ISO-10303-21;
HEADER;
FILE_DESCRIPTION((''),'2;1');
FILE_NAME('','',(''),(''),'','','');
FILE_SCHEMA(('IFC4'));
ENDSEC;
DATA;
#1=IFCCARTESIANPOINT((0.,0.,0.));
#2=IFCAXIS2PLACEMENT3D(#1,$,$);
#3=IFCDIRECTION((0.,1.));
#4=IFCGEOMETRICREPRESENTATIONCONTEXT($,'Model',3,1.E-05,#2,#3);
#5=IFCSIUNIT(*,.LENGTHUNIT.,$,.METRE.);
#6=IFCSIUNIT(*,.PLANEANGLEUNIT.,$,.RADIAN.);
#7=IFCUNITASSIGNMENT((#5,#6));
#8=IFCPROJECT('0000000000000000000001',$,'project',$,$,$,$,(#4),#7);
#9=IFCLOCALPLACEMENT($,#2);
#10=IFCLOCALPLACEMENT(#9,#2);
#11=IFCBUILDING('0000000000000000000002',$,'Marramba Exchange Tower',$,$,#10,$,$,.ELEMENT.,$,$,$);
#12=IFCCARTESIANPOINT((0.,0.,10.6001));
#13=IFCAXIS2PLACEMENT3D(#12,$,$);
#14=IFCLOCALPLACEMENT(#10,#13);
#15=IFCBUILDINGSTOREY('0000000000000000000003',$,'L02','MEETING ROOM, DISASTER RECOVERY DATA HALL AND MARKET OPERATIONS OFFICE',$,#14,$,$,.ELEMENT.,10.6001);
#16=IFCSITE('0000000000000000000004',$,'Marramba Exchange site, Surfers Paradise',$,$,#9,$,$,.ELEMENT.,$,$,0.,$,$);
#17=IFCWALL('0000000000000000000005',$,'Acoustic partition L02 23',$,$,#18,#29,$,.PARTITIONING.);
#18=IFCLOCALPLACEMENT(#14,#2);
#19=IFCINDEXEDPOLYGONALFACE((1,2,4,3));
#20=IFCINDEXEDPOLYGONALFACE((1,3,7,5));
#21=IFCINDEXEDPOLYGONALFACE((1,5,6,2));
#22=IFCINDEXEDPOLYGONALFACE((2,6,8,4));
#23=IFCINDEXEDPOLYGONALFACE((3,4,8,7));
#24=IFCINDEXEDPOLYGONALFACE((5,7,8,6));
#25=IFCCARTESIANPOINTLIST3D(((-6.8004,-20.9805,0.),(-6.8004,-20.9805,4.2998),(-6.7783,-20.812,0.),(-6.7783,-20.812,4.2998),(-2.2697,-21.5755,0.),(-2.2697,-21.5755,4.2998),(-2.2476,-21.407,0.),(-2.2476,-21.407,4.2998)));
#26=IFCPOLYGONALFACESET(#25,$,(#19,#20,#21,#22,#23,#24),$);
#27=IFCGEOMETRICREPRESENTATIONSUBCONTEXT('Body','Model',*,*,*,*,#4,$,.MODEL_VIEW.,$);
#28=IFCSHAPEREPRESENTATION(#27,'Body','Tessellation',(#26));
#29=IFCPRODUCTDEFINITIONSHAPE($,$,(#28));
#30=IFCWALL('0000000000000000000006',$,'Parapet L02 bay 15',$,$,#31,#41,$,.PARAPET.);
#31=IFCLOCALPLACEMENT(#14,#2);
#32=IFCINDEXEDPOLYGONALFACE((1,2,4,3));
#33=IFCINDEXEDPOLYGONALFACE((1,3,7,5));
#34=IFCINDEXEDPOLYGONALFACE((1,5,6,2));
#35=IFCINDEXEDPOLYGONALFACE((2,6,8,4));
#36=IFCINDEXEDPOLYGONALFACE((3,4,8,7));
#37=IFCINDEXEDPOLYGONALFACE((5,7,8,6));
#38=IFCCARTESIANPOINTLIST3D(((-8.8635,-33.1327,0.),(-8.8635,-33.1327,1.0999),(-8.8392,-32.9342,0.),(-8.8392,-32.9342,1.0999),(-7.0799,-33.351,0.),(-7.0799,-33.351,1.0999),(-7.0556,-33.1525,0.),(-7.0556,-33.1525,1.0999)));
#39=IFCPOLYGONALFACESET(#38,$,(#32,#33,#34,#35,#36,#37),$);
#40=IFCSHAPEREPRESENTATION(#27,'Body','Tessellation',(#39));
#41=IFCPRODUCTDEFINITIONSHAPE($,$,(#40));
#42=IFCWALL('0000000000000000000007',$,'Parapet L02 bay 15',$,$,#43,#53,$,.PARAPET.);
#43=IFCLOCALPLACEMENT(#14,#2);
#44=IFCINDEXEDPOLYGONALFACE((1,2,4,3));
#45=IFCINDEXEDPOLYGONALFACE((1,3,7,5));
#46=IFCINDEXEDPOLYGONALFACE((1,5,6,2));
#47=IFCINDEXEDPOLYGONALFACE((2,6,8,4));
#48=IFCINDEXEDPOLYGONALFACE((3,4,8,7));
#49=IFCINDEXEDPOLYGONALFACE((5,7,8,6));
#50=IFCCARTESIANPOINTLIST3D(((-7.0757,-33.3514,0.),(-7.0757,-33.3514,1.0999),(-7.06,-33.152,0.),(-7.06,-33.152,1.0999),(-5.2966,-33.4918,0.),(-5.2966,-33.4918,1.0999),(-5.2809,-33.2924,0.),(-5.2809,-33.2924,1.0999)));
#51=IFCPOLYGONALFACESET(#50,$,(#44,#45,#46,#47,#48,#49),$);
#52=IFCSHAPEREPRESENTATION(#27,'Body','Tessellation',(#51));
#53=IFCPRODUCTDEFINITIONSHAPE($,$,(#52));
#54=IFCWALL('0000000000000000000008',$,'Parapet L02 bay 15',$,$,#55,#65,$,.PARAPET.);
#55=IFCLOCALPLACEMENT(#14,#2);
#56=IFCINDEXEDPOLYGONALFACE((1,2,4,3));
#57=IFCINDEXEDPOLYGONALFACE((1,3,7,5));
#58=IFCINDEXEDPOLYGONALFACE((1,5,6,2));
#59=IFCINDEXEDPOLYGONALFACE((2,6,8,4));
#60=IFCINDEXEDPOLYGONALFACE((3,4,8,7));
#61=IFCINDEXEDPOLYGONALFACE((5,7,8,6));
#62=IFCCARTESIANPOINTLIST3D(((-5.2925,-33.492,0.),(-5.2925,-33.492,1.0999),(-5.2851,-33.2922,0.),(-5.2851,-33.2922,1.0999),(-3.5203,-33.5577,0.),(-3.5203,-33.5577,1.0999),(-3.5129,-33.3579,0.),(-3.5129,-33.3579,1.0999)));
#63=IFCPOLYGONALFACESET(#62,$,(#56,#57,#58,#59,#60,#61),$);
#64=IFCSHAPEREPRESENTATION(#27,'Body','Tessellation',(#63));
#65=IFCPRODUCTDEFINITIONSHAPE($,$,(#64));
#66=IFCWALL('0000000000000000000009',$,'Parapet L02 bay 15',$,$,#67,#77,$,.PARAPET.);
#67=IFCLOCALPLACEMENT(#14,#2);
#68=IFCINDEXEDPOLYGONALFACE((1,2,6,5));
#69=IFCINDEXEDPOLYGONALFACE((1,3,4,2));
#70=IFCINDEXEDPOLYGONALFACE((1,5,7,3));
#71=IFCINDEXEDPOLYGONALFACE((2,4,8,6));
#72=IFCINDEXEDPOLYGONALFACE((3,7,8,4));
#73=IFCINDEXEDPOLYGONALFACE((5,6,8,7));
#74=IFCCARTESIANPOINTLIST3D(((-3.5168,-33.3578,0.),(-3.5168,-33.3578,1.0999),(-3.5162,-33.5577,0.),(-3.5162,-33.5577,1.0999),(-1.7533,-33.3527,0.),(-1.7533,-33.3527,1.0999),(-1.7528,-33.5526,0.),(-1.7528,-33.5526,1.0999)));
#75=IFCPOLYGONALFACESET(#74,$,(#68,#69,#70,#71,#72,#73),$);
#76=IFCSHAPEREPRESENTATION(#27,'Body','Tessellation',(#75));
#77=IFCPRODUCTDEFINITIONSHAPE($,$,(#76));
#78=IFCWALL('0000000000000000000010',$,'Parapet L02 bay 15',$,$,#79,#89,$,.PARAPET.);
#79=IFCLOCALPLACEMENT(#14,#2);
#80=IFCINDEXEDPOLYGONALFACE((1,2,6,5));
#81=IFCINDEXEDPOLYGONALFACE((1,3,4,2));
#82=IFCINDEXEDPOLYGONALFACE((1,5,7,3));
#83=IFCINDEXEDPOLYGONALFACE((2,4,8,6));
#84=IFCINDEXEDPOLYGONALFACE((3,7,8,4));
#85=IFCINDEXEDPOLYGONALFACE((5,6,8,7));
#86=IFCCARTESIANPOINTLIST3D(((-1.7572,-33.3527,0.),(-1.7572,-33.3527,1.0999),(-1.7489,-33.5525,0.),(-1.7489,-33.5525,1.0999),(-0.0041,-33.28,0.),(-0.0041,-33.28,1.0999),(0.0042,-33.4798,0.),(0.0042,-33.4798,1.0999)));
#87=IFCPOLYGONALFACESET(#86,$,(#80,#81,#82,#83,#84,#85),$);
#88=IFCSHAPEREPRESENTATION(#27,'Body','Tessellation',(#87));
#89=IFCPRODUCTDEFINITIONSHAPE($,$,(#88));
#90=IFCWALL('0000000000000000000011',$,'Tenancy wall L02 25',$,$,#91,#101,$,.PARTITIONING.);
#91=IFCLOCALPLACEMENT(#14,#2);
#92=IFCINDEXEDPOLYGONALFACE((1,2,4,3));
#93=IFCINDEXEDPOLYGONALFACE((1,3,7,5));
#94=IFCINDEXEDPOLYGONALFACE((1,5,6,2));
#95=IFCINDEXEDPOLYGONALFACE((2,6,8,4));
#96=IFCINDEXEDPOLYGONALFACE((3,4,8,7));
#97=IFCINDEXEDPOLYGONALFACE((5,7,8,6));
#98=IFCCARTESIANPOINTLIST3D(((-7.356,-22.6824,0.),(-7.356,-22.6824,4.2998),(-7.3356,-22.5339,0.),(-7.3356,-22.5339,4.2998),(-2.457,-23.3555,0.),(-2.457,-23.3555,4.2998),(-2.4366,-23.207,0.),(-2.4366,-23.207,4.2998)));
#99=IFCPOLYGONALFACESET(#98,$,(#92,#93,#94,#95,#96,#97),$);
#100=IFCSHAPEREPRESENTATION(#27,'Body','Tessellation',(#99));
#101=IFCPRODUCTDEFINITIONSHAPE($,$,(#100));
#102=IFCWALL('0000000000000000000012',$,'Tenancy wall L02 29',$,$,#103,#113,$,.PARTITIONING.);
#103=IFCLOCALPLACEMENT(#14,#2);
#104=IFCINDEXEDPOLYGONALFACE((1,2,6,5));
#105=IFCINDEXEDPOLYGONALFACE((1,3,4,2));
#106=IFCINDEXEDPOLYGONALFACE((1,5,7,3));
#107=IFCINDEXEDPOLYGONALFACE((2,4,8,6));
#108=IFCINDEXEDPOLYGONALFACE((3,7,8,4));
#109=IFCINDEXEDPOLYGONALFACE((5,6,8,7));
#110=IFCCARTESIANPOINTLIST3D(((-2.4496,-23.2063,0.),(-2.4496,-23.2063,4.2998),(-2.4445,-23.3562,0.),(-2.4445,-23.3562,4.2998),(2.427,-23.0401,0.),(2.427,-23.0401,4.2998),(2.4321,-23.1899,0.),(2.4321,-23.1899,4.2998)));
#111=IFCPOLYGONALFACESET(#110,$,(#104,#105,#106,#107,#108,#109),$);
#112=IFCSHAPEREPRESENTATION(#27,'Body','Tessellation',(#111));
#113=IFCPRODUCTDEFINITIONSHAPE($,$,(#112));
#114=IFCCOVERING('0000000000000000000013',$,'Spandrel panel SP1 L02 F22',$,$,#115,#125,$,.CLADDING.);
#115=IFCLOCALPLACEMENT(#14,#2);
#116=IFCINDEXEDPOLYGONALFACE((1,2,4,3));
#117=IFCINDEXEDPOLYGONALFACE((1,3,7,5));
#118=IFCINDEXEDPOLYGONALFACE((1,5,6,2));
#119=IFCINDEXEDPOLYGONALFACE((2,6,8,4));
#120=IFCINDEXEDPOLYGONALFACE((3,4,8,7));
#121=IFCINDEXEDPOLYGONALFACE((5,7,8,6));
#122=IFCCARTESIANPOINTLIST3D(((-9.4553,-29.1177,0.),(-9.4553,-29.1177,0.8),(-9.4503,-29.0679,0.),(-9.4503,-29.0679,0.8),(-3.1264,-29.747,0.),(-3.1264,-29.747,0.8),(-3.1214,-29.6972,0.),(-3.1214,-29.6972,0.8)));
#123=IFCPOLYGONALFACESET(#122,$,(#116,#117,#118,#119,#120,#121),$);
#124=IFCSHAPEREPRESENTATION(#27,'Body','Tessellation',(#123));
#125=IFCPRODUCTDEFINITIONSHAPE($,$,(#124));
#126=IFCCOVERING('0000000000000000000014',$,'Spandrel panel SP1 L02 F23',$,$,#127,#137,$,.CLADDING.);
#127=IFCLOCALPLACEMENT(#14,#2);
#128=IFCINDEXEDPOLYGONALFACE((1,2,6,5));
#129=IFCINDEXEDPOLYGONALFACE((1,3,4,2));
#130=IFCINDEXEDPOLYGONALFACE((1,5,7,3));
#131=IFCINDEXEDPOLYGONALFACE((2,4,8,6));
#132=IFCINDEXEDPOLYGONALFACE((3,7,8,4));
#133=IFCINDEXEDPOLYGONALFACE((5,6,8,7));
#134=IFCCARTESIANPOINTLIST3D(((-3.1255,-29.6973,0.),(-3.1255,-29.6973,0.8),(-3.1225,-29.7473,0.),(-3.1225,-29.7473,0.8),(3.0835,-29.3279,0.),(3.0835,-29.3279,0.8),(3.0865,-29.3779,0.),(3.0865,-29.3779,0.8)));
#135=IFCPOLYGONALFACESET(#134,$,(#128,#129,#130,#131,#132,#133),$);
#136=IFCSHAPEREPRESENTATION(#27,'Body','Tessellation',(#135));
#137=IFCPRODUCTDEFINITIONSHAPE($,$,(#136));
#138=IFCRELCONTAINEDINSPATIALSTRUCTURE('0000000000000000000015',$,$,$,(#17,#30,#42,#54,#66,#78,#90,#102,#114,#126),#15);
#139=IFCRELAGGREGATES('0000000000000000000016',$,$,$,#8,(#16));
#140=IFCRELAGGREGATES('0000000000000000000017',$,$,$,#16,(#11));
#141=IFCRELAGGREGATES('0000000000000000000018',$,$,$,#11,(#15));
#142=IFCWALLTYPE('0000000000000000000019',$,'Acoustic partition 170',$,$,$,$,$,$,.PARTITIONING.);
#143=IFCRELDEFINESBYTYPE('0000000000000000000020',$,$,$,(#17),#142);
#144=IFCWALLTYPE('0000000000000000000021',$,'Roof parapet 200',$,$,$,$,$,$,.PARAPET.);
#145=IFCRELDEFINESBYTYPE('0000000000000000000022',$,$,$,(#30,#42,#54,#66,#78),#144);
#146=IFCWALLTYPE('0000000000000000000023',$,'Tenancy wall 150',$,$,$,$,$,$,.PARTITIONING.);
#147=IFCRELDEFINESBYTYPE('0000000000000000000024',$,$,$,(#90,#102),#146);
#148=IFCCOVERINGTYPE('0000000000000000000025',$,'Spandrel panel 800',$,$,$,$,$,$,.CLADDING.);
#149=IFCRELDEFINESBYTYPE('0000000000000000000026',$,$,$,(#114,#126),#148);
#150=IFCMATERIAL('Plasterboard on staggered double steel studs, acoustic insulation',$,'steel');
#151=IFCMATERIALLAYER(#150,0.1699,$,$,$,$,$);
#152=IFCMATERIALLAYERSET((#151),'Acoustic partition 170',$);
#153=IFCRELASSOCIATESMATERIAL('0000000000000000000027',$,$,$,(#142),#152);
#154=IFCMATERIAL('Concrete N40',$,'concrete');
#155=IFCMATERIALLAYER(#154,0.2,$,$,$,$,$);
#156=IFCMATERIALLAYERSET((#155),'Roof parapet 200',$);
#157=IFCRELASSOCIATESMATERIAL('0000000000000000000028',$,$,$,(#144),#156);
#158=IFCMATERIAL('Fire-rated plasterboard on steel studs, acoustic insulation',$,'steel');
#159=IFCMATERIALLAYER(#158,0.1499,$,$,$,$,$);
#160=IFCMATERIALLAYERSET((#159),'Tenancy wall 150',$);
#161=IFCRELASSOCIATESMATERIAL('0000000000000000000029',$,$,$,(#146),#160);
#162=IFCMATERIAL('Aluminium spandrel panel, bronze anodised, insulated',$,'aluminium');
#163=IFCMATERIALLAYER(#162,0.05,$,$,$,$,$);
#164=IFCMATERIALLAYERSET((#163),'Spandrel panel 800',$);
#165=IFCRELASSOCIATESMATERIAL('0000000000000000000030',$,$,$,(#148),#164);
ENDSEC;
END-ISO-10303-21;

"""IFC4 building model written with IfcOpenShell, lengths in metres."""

from ifc_helpers import new_model, si_unit, direction, frame, frame_2d, origin, origin_2d, place, context, subcontext, project, spatial, rectangle, extrude, material, layer, layer_set, type_object, element, save


model = new_model("IFC4")

# Units and contexts
model_context = context("Model", 3, precision=1e-05, world=origin(), true_north=direction((0.0, 1.0)))
body_context = subcontext(model_context, "Body", "Model", "MODEL_VIEW")
ifc_project = project(units=[si_unit("LENGTHUNIT", "METRE"), si_unit("PLANEANGLEUNIT", "RADIAN")], contexts=[model_context])

# Site, building, storey
site_placement = place(None, origin())
site = spatial("IfcSite", under=ifc_project, at=site_placement, Name="Marramba Exchange site, Surfers Paradise", CompositionType="ELEMENT", RefElevation=0.0)
building_placement = place(site_placement, origin())
building = spatial("IfcBuilding", under=site, at=building_placement, Name="Marramba Exchange Tower", CompositionType="ELEMENT")
storey_placement = place(building_placement, frame((0.0, 0.0, 10.6001)))
storey = spatial("IfcBuildingStorey", under=building, at=storey_placement, Name="L02", Description="MEETING ROOM, DISASTER RECOVERY DATA HALL AND MARKET OPERATIONS OFFICE", CompositionType="ELEMENT", Elevation=10.6001)

# Walls
ifc_material_1 = material(Name="Plasterboard on staggered double steel studs, acoustic insulation", Category="steel")
ifc_layer_1 = layer(ifc_material_1, 0.1699)
ifc_layer_set_1 = layer_set([ifc_layer_1], Name="Acoustic partition 170")
wall_type_1 = type_object("IfcWallType", Name="Acoustic partition 170", PredefinedType="PARTITIONING", material=ifc_layer_set_1)
wall_1_placement = place(storey_placement, frame((-2.2588, -21.4912, 0.0), z_axis=(0.0, 0.0, 1.0), x_axis=(-0.991488, 0.1302, 0.0)))
element("IfcWall", 1, at=wall_1_placement, inside=storey, type_object=wall_type_1, Name="Acoustic partition L02 23", PredefinedType="PARTITIONING", context=body_context, shape_type="SweptSolid", body=[
    extrude(rectangle(XDim=4.5696, YDim=0.1699, at=frame_2d((2.2847, 0.0))), origin(), (0.0, 0.0, 1.0), 4.2998),
])
ifc_material_2 = material(Name="Concrete N40", Category="concrete")
ifc_layer_2 = layer(ifc_material_2, 0.2)
ifc_layer_set_2 = layer_set([ifc_layer_2], Name="Roof parapet 200")
wall_type_2 = type_object("IfcWallType", Name="Roof parapet 200", PredefinedType="PARAPET", material=ifc_layer_set_2)
wall_2_placement = place(storey_placement, frame((-8.8513, -33.0334, 0.0), z_axis=(0.0, 0.0, 1.0), x_axis=(0.992594, -0.121476, 0.0)))
element("IfcWall", 2, at=wall_2_placement, inside=storey, type_object=wall_type_2, Name="Parapet L02 bay 15", PredefinedType="PARAPET", context=body_context, shape_type="SweptSolid", body=[
    extrude(rectangle(XDim=1.7969, YDim=0.2, at=frame_2d((0.8984, 0.0))), origin(), (0.0, 0.0, 1.0), 1.0999),
])
wall_3_placement = place(storey_placement, frame((-7.0679, -33.2517, 0.0), z_axis=(0.0, 0.0, 1.0), x_axis=(0.996901, -0.078663, 0.0)))
element("IfcWall", 3, at=wall_3_placement, inside=storey, type_object=wall_type_2, Name="Parapet L02 bay 15", PredefinedType="PARAPET", context=body_context, shape_type="SweptSolid", body=[
    extrude(rectangle(XDim=1.7847, YDim=0.2, at=frame_2d((0.8923, 0.0))), origin(), (0.0, 0.0, 1.0), 1.0999),
])
wall_4_placement = place(storey_placement, frame((-5.2888, -33.3921, 0.0), z_axis=(0.0, 0.0, 1.0), x_axis=(0.999314, -0.037032, 0.0)))
element("IfcWall", 4, at=wall_4_placement, inside=storey, type_object=wall_type_2, Name="Parapet L02 bay 15", PredefinedType="PARAPET", context=body_context, shape_type="SweptSolid", body=[
    extrude(rectangle(XDim=1.7734, YDim=0.2, at=frame_2d((0.8867, 0.0))), origin(), (0.0, 0.0, 1.0), 1.0999),
])
wall_5_placement = place(storey_placement, frame((-3.5166, -33.4578, 0.0), z_axis=(0.0, 0.0, 1.0), x_axis=(0.999996, 0.002907, 0.0)))
element("IfcWall", 5, at=wall_5_placement, inside=storey, type_object=wall_type_2, Name="Parapet L02 bay 15", PredefinedType="PARAPET", context=body_context, shape_type="SweptSolid", body=[
    extrude(rectangle(XDim=1.7634, YDim=0.2, at=frame_2d((0.8818, 0.0))), origin(), (0.0, 0.0, 1.0), 1.0999),
])
wall_6_placement = place(storey_placement, frame((-1.7532, -33.4526, 0.0), z_axis=(0.0, 0.0, 1.0), x_axis=(0.99914, 0.041463, 0.0)))
element("IfcWall", 6, at=wall_6_placement, inside=storey, type_object=wall_type_2, Name="Parapet L02 bay 15", PredefinedType="PARAPET", context=body_context, shape_type="SweptSolid", body=[
    extrude(rectangle(XDim=1.7546, YDim=0.2, at=frame_2d((0.8774, 0.0))), origin(), (0.0, 0.0, 1.0), 1.0999),
])
ifc_material_3 = material(Name="Fire-rated plasterboard on steel studs, acoustic insulation", Category="steel")
ifc_layer_3 = layer(ifc_material_3, 0.1499)
ifc_layer_set_3 = layer_set([ifc_layer_3], Name="Tenancy wall 150")
wall_type_3 = type_object("IfcWallType", Name="Tenancy wall 150", PredefinedType="PARTITIONING", material=ifc_layer_set_3)
wall_7_placement = place(storey_placement, frame((-7.3459, -22.6082, 0.0), z_axis=(0.0, 0.0, 1.0), x_axis=(0.990693, -0.136118, 0.0)))
element("IfcWall", 7, at=wall_7_placement, inside=storey, type_object=wall_type_3, Name="Tenancy wall L02 25", PredefinedType="PARTITIONING", context=body_context, shape_type="SweptSolid", body=[
    extrude(rectangle(XDim=4.9451, YDim=0.1499, at=frame_2d((2.4727, 0.0))), origin(), (0.0, 0.0, 1.0), 4.2998),
])
wall_8_placement = place(storey_placement, frame((-2.447, -23.2812, 0.0), z_axis=(0.0, 0.0, 1.0), x_axis=(0.999419, 0.034075, 0.0)))
element("IfcWall", 8, at=wall_8_placement, inside=storey, type_object=wall_type_3, Name="Tenancy wall L02 29", PredefinedType="PARTITIONING", context=body_context, shape_type="SweptSolid", body=[
    extrude(rectangle(XDim=4.8794, YDim=0.1499, at=frame_2d((2.4397, 0.0))), origin(), (0.0, 0.0, 1.0), 4.2998),
])

# Coverings
ifc_material_4 = material(Name="Aluminium spandrel panel, bronze anodised, insulated", Category="aluminium")
ifc_layer_4 = layer(ifc_material_4, 0.05)
ifc_layer_set_4 = layer_set([ifc_layer_4], Name="Spandrel panel 800")
covering_type = type_object("IfcCoveringType", Name="Spandrel panel 800", PredefinedType="CLADDING", material=ifc_layer_set_4)
covering_1_placement = place(storey_placement, frame((-6.2883, -29.4075, 0.0), z_axis=(0.0, 0.0, 1.0), x_axis=(0.995094, -0.098937, 0.0)))
element("IfcCovering", 9, at=covering_1_placement, inside=storey, type_object=covering_type, Name="Spandrel panel SP1 L02 F22", PredefinedType="CLADDING", context=body_context, shape_type="SweptSolid", body=[
    extrude(rectangle(XDim=6.3601, YDim=0.05, at=origin_2d()), origin(), (0.0, 0.0, 1.0), 0.8),
])
covering_2_placement = place(storey_placement, frame((-0.0195, -29.5376, 0.0), z_axis=(0.0, 0.0, 1.0), x_axis=(0.998235, 0.05939, 0.0)))
element("IfcCovering", 10, at=covering_2_placement, inside=storey, type_object=covering_type, Name="Spandrel panel SP1 L02 F23", PredefinedType="CLADDING", context=body_context, shape_type="SweptSolid", body=[
    extrude(rectangle(XDim=6.22, YDim=0.05, at=origin_2d()), origin(), (0.0, 0.0, 1.0), 0.8),
])

save(model, "model.ifc")
